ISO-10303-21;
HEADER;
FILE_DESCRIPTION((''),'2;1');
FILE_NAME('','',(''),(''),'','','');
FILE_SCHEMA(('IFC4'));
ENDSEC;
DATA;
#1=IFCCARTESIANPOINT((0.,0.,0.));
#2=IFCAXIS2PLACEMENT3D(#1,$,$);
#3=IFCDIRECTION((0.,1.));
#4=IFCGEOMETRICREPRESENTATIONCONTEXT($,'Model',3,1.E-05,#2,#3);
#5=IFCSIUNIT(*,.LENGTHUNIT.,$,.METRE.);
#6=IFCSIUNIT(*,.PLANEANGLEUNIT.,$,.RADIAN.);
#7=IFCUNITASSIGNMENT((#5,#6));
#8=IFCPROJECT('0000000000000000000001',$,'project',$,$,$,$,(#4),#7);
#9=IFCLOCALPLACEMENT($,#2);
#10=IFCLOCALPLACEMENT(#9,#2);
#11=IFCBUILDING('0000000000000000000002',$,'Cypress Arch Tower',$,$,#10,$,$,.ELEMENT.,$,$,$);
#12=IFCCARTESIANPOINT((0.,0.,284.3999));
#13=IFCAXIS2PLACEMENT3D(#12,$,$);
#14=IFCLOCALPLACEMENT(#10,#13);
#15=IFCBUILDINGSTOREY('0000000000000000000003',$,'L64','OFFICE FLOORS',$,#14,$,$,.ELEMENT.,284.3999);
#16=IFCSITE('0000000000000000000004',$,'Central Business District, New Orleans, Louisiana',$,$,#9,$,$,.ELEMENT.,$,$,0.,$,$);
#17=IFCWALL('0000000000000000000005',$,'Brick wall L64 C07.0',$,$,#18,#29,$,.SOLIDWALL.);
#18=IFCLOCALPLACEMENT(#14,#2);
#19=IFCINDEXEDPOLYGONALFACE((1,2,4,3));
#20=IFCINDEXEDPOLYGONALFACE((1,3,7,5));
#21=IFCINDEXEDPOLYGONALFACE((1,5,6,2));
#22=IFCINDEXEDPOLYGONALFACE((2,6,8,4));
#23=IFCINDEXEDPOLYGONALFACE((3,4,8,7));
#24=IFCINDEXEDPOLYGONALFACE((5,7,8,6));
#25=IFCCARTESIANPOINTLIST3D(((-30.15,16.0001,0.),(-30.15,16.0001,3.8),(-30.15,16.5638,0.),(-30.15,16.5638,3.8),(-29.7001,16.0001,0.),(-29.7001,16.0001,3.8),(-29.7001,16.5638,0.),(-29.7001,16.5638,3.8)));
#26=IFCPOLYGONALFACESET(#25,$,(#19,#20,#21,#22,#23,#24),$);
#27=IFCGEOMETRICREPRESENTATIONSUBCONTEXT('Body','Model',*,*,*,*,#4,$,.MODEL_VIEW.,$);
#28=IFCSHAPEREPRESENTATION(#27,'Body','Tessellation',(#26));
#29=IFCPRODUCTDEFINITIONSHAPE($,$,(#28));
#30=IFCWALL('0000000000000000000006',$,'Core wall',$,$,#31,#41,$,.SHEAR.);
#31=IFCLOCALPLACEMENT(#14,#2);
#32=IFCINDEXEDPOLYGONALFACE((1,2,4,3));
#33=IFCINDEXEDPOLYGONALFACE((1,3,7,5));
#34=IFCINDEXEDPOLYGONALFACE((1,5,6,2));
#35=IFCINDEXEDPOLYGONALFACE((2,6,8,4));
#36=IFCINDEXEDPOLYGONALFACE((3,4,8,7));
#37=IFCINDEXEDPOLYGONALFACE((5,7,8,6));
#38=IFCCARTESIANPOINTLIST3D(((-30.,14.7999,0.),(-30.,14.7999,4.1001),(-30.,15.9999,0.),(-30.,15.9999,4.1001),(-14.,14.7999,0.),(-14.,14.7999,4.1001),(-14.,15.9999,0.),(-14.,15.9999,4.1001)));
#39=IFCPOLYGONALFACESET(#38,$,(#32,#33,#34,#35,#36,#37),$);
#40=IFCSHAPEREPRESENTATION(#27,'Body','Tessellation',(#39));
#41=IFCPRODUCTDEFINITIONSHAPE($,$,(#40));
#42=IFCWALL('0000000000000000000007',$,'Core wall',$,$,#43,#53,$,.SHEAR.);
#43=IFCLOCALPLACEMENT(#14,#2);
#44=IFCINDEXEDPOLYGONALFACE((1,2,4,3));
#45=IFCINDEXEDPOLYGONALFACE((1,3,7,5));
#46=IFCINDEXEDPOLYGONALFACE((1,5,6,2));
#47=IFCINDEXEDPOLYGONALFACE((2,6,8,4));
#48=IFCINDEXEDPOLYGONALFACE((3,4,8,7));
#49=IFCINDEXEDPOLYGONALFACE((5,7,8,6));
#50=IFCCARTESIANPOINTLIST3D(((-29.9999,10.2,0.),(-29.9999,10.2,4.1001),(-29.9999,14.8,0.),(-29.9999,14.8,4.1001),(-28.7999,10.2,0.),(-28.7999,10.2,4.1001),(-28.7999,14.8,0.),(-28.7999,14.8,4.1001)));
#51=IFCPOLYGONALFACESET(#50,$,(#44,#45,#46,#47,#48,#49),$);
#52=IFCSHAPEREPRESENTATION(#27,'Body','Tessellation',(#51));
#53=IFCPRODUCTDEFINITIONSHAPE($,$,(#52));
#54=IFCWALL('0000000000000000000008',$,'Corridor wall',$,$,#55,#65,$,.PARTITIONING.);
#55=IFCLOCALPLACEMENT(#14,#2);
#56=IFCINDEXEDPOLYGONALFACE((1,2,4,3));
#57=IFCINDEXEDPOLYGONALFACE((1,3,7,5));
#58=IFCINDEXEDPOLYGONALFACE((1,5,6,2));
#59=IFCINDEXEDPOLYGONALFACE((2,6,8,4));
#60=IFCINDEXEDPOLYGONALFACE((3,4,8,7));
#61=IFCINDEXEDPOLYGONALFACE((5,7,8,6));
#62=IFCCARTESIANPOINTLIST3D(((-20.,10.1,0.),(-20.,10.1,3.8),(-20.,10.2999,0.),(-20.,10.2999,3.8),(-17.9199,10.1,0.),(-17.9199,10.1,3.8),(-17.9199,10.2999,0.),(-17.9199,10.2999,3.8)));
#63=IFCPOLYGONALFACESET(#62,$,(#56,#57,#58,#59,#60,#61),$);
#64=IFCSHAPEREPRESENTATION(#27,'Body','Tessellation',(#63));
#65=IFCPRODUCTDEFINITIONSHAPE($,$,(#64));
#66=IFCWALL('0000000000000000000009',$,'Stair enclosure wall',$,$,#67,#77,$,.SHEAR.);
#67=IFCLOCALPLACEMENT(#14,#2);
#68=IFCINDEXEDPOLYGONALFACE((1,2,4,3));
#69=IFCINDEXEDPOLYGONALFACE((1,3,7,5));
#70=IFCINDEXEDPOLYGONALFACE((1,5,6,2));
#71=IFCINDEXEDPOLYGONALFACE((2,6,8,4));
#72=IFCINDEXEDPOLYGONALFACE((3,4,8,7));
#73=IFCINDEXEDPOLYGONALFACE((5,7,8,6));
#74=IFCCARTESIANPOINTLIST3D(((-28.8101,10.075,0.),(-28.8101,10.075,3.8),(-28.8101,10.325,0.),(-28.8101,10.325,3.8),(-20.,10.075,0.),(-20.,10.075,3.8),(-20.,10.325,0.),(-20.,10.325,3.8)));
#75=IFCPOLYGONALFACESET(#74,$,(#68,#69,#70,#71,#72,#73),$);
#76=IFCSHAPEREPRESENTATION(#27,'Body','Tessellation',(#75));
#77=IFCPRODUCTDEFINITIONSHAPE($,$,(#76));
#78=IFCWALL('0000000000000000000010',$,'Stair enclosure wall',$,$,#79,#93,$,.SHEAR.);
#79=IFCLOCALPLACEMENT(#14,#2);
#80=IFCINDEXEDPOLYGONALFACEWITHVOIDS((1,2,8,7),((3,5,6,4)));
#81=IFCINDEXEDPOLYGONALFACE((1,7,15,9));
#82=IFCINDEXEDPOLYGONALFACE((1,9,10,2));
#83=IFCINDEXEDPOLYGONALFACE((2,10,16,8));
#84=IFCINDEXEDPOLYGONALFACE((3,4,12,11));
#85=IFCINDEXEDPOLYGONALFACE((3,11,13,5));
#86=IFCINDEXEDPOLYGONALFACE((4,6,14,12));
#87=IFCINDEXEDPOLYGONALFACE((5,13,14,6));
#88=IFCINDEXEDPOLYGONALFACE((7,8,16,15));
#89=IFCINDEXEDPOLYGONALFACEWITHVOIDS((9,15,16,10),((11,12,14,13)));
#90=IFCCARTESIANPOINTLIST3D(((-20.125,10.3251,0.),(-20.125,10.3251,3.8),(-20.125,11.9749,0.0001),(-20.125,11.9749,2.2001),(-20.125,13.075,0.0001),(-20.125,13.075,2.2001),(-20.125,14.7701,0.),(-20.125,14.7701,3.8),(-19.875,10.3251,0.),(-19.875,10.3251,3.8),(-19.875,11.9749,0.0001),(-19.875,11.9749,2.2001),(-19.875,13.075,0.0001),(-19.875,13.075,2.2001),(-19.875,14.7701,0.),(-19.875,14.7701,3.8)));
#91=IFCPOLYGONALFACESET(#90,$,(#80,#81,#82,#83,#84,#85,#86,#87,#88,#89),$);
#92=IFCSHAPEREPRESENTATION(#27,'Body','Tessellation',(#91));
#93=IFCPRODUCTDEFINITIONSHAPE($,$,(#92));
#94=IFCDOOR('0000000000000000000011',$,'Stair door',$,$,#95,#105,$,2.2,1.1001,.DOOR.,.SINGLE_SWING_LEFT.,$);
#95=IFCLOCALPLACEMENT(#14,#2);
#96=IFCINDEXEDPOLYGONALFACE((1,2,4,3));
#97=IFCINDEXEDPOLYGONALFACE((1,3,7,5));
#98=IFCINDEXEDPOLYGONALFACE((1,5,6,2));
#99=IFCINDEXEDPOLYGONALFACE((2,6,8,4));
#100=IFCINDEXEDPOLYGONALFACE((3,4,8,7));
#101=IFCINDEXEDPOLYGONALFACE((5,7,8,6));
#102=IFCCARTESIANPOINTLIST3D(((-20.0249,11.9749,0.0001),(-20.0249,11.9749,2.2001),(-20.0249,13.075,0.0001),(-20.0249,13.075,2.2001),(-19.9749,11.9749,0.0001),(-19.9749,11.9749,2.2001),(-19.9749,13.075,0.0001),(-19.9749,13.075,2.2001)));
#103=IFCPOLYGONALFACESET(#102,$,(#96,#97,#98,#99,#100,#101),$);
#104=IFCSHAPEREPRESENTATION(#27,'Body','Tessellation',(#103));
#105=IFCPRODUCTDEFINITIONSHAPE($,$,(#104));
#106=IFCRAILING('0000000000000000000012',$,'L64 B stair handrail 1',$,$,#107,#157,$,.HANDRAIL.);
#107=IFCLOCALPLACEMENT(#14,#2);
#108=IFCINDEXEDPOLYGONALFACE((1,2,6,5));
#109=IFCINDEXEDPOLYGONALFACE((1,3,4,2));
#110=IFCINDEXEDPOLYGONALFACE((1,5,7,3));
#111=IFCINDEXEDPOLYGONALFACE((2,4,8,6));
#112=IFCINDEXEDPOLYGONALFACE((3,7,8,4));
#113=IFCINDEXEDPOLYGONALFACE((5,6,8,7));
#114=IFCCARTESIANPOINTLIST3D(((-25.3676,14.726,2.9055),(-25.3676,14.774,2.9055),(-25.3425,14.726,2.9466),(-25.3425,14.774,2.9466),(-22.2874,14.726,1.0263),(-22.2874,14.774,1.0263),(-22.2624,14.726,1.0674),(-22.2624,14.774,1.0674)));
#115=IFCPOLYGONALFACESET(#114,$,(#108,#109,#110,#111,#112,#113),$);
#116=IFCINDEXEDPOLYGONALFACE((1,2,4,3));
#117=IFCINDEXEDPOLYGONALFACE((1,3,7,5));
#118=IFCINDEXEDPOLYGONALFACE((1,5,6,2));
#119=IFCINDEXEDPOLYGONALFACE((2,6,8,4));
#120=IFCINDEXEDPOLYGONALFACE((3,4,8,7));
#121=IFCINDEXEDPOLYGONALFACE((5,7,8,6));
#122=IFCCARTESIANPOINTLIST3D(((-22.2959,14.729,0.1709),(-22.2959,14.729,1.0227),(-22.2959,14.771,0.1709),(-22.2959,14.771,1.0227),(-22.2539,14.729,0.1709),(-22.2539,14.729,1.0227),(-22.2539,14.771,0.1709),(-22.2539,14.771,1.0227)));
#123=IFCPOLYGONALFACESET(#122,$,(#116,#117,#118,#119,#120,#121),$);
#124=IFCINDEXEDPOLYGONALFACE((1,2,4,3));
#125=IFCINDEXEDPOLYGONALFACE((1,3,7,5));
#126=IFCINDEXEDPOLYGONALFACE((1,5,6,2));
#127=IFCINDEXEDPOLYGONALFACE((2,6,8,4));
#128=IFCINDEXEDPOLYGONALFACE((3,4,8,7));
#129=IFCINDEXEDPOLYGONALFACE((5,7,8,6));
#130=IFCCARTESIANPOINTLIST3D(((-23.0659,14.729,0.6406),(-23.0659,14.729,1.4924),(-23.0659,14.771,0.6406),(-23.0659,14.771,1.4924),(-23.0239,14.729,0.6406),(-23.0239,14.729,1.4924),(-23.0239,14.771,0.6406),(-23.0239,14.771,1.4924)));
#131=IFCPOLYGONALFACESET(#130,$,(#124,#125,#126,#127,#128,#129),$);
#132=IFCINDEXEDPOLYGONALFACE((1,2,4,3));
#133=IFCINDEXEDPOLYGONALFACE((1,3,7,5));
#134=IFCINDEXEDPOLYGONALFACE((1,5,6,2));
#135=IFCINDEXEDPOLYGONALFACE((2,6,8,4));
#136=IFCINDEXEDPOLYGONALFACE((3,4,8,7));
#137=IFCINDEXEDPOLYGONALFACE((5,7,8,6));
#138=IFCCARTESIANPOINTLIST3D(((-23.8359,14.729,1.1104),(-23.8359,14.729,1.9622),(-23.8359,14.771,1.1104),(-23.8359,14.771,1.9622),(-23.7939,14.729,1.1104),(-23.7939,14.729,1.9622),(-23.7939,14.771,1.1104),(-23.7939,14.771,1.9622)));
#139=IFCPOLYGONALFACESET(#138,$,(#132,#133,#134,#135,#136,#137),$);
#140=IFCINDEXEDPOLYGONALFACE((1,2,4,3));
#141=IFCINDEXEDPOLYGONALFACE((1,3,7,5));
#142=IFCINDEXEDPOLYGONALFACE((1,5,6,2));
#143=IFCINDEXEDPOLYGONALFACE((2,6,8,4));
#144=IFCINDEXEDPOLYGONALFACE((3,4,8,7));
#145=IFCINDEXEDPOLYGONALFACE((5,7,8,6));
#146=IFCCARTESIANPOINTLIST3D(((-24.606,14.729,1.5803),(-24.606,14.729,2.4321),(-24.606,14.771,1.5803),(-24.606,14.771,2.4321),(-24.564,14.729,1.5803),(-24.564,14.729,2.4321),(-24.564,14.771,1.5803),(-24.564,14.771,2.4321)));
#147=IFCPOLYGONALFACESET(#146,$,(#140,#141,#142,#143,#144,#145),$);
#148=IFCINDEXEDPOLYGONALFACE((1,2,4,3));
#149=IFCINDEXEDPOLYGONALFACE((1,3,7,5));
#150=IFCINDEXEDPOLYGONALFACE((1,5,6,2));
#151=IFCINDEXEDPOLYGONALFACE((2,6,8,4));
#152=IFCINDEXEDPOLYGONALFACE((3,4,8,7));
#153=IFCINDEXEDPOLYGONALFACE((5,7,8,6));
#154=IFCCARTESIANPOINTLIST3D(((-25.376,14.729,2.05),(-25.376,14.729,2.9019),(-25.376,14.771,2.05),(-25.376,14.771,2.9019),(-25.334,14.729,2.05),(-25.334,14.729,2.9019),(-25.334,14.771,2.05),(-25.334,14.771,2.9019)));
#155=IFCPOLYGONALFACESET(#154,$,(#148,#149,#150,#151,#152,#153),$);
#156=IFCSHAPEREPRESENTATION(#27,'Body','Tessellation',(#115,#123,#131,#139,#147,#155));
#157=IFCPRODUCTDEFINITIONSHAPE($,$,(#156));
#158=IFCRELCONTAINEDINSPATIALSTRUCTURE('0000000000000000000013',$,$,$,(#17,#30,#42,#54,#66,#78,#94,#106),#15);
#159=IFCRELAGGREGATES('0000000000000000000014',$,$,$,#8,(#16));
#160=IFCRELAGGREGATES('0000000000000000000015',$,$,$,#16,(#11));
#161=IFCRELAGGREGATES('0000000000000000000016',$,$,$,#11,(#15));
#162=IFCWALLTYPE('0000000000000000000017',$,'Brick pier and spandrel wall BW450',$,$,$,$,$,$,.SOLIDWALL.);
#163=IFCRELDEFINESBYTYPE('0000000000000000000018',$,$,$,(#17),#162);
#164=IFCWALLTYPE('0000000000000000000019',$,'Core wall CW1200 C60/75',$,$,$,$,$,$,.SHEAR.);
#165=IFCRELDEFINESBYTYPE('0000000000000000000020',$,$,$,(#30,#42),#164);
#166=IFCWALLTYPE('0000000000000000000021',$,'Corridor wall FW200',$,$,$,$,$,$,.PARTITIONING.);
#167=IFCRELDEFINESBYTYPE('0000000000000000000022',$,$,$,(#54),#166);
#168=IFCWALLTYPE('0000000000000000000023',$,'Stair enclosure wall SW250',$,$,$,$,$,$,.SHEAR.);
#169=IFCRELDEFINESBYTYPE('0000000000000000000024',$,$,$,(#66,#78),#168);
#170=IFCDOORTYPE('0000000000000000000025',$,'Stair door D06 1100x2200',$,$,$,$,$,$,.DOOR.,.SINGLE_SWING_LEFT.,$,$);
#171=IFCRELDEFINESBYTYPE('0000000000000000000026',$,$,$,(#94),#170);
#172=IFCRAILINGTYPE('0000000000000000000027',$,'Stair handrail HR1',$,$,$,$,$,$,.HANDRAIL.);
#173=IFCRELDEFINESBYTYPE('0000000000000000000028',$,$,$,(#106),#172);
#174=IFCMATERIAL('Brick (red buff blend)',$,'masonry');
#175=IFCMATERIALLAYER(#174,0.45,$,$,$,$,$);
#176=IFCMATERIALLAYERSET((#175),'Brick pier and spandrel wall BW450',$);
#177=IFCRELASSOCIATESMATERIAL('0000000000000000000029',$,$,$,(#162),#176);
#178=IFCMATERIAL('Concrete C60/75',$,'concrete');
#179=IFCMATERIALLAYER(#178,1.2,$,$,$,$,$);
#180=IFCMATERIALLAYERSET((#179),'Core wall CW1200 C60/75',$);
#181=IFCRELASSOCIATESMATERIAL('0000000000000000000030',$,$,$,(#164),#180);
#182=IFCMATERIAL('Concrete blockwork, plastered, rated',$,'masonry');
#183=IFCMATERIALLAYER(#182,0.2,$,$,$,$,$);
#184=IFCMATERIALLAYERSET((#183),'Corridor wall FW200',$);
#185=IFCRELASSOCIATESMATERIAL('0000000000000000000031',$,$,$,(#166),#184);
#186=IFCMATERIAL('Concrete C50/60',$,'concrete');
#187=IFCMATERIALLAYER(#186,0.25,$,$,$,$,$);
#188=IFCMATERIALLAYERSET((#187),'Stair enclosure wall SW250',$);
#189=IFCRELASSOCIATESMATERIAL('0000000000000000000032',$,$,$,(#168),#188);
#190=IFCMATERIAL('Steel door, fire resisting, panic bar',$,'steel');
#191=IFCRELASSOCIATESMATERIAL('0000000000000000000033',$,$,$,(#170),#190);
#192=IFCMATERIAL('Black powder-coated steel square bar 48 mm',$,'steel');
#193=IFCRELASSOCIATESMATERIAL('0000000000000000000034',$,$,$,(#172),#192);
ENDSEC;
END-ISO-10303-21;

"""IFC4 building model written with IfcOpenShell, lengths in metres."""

from ifc_helpers import new_model, si_unit, direction, frame, frame_2d, origin, origin_2d, place, context, subcontext, project, spatial, rectangle, extrude, material, layer, layer_set, type_object, element, fill, save


model = new_model("IFC4")

# Units and contexts
model_context = context("Model", 3, precision=1e-05, world=origin(), true_north=direction((0.0, 1.0)))
body_context = subcontext(model_context, "Body", "Model", "MODEL_VIEW")
ifc_project = project(units=[si_unit("LENGTHUNIT", "METRE"), si_unit("PLANEANGLEUNIT", "RADIAN")], contexts=[model_context])

# Site, building, storey
site_placement = place(None, origin())
site = spatial("IfcSite", under=ifc_project, at=site_placement, Name="Central Business District, New Orleans, Louisiana", CompositionType="ELEMENT", RefElevation=0.0)
building_placement = place(site_placement, origin())
building = spatial("IfcBuilding", under=site, at=building_placement, Name="Cypress Arch Tower", CompositionType="ELEMENT")
storey_placement = place(building_placement, frame((0.0, 0.0, 284.3999)))
storey = spatial("IfcBuildingStorey", under=building, at=storey_placement, Name="L64", Description="OFFICE FLOORS", CompositionType="ELEMENT", Elevation=284.3999)

# Shared definitions
ifc_material_1 = material(Name="Brick (red buff blend)", Category="masonry")
ifc_layer_1 = layer(ifc_material_1, 0.45)
ifc_layer_set_1 = layer_set([ifc_layer_1], Name="Brick pier and spandrel wall BW450")
wall_type_1 = type_object("IfcWallType", Name="Brick pier and spandrel wall BW450", PredefinedType="SOLIDWALL", material=ifc_layer_set_1)

# Walls
wall_1_placement = place(storey_placement, frame((-29.925, 16.5637, 0.0), z_axis=(0.0, 0.0, 1.0), x_axis=(0.0, -1.0, 0.0)))
element("IfcWall", 1, at=wall_1_placement, inside=storey, type_object=wall_type_1, Name="Brick wall L64 C07.0", PredefinedType="SOLIDWALL", context=body_context, shape_type="SweptSolid", body=[
    extrude(rectangle(XDim=0.5637, YDim=0.45, at=frame_2d((0.2817, 0.0))), origin(), (0.0, 0.0, 1.0), 3.8),
])
ifc_material_2 = material(Name="Concrete C60/75", Category="concrete")
ifc_layer_2 = layer(ifc_material_2, 1.2)
ifc_layer_set_2 = layer_set([ifc_layer_2], Name="Core wall CW1200 C60/75")
wall_type_2 = type_object("IfcWallType", Name="Core wall CW1200 C60/75", PredefinedType="SHEAR", material=ifc_layer_set_2)
wall_2_placement = place(storey_placement, frame((-30.0, 15.3999, 0.0), z_axis=(0.0, 0.0, 1.0), x_axis=(1.0, 0.0, 0.0)))
element("IfcWall", 2, at=wall_2_placement, inside=storey, type_object=wall_type_2, Name="Core wall", PredefinedType="SHEAR", context=body_context, shape_type="SweptSolid", body=[
    extrude(rectangle(XDim=16.0, YDim=1.2, at=frame_2d((8.0, 0.0))), origin(), (0.0, 0.0, 1.0), 4.1001),
])
wall_3_placement = place(storey_placement, frame((-29.3999, 10.2, 0.0), z_axis=(0.0, 0.0, 1.0), x_axis=(0.0, 1.0, 0.0)))
element("IfcWall", 3, at=wall_3_placement, inside=storey, type_object=wall_type_2, Name="Core wall", PredefinedType="SHEAR", context=body_context, shape_type="SweptSolid", body=[
    extrude(rectangle(XDim=4.6001, YDim=1.2, at=frame_2d((2.3, 0.0))), origin(), (0.0, 0.0, 1.0), 4.1001),
])
ifc_material_3 = material(Name="Concrete blockwork, plastered, rated", Category="masonry")
ifc_layer_3 = layer(ifc_material_3, 0.2)
ifc_layer_set_3 = layer_set([ifc_layer_3], Name="Corridor wall FW200")
wall_type_3 = type_object("IfcWallType", Name="Corridor wall FW200", PredefinedType="PARTITIONING", material=ifc_layer_set_3)
wall_4_placement = place(storey_placement, frame((-20.0, 10.2, 0.0), z_axis=(0.0, 0.0, 1.0), x_axis=(1.0, 0.0, 0.0)))
element("IfcWall", 4, at=wall_4_placement, inside=storey, type_object=wall_type_3, Name="Corridor wall", PredefinedType="PARTITIONING", context=body_context, shape_type="SweptSolid", body=[
    extrude(rectangle(XDim=2.0801, YDim=0.2, at=frame_2d((1.04, 0.0))), origin(), (0.0, 0.0, 1.0), 3.8),
])
ifc_material_4 = material(Name="Concrete C50/60", Category="concrete")
ifc_layer_4 = layer(ifc_material_4, 0.25)
ifc_layer_set_4 = layer_set([ifc_layer_4], Name="Stair enclosure wall SW250")
wall_type_4 = type_object("IfcWallType", Name="Stair enclosure wall SW250", PredefinedType="SHEAR", material=ifc_layer_set_4)
wall_5_placement = place(storey_placement, frame((-28.8101, 10.2, 0.0), z_axis=(0.0, 0.0, 1.0), x_axis=(1.0, 0.0, 0.0)))
element("IfcWall", 5, at=wall_5_placement, inside=storey, type_object=wall_type_4, Name="Stair enclosure wall", PredefinedType="SHEAR", context=body_context, shape_type="SweptSolid", body=[
    extrude(rectangle(XDim=8.8101, YDim=0.25, at=frame_2d((4.405, 0.0))), origin(), (0.0, 0.0, 1.0), 3.8),
])

# Wall, opening, door
wall_6_placement = place(storey_placement, frame((-20.0, 10.325, 0.0), z_axis=(0.0, 0.0, 1.0), x_axis=(0.0, 1.0, 0.0)))
wall_6 = element("IfcWall", 6, at=wall_6_placement, inside=storey, type_object=wall_type_4, Name="Stair enclosure wall", PredefinedType="SHEAR", context=body_context, shape_type="SweptSolid", body=[
    extrude(rectangle(XDim=4.4451, YDim=0.25, at=frame_2d((2.2227, 0.0))), origin(), (0.0, 0.0, 1.0), 3.8),
])
opening_1_placement = place(wall_6_placement, frame((1.6499, 0.0, 0.0)))
opening_1 = element("IfcOpeningElement", 7, at=opening_1_placement, cuts=wall_6, PredefinedType="OPENING", context=body_context, shape_type="SweptSolid", body=[
    extrude(rectangle(XDim=1.1001, YDim=2.2, at=frame_2d((0.55, 1.1001))), frame((0.0, 0.135, 0.0), z_axis=(0.0, -1.0, 0.0), x_axis=(1.0, 0.0, 0.0)), (0.0, 0.0, 1.0), 0.27),
])
ifc_material_5 = material(Name="Steel door, fire resisting, panic bar", Category="steel")
door_type = type_object("IfcDoorType", Name="Stair door D06 1100x2200", OperationType="SINGLE_SWING_LEFT", PredefinedType="DOOR", material=ifc_material_5)
door_placement = place(opening_1_placement, origin())
door = element("IfcDoor", 8, at=door_placement, inside=storey, type_object=door_type, Name="Stair door", OperationType="SINGLE_SWING_LEFT", OverallHeight=2.2, OverallWidth=1.1001, PredefinedType="DOOR", context=body_context, shape_type="SweptSolid", body=[
    extrude(rectangle(XDim=1.1001, YDim=2.2, at=frame_2d((0.55, 1.1001))), frame((0.0, 0.0249, 0.0), z_axis=(0.0, -1.0, 0.0), x_axis=(1.0, 0.0, 0.0)), (0.0, 0.0, 1.0), 0.05),
])
fill(opening_1, door)

# Railing
ifc_material_6 = material(Name="Black powder-coated steel square bar 48 mm", Category="steel")
railing_type_1 = type_object("IfcRailingType", Name="Stair handrail HR1", PredefinedType="HANDRAIL", material=ifc_material_6)
railing_1_placement = place(storey_placement, frame((-22.2749, 14.75, 0.1709)))
element("IfcRailing", 9, at=railing_1_placement, inside=storey, type_object=railing_type_1, Name="L64 B stair handrail 1", PredefinedType="HANDRAIL", context=body_context, shape_type="SweptSolid", body=[
    extrude(rectangle(XDim=0.0481, YDim=0.0481, at=origin_2d()), frame((0.0, 0.0, 0.876), z_axis=(-0.853666, 0.0, 0.52082), x_axis=(0.0, -1.0, 0.0)), (0.0, 0.0, 1.0), 3.6082),
    extrude(rectangle(XDim=0.042, YDim=0.042, at=origin_2d()), origin(), (0.0, 0.0, 1.0), 0.8518),
    extrude(rectangle(XDim=0.042, YDim=0.042, at=origin_2d()), frame((-0.77, 0.0, 0.4697)), (0.0, 0.0, 1.0), 0.8518),
    extrude(rectangle(XDim=0.042, YDim=0.042, at=origin_2d()), frame((-1.54, 0.0, 0.9395)), (0.0, 0.0, 1.0), 0.8518),
    extrude(rectangle(XDim=0.042, YDim=0.042, at=origin_2d()), frame((-2.3101, 0.0, 1.4094)), (0.0, 0.0, 1.0), 0.8518),
    extrude(rectangle(XDim=0.042, YDim=0.042, at=origin_2d()), frame((-3.0801, 0.0, 1.8792)), (0.0, 0.0, 1.0), 0.8518),
])

save(model, "model.ifc")
